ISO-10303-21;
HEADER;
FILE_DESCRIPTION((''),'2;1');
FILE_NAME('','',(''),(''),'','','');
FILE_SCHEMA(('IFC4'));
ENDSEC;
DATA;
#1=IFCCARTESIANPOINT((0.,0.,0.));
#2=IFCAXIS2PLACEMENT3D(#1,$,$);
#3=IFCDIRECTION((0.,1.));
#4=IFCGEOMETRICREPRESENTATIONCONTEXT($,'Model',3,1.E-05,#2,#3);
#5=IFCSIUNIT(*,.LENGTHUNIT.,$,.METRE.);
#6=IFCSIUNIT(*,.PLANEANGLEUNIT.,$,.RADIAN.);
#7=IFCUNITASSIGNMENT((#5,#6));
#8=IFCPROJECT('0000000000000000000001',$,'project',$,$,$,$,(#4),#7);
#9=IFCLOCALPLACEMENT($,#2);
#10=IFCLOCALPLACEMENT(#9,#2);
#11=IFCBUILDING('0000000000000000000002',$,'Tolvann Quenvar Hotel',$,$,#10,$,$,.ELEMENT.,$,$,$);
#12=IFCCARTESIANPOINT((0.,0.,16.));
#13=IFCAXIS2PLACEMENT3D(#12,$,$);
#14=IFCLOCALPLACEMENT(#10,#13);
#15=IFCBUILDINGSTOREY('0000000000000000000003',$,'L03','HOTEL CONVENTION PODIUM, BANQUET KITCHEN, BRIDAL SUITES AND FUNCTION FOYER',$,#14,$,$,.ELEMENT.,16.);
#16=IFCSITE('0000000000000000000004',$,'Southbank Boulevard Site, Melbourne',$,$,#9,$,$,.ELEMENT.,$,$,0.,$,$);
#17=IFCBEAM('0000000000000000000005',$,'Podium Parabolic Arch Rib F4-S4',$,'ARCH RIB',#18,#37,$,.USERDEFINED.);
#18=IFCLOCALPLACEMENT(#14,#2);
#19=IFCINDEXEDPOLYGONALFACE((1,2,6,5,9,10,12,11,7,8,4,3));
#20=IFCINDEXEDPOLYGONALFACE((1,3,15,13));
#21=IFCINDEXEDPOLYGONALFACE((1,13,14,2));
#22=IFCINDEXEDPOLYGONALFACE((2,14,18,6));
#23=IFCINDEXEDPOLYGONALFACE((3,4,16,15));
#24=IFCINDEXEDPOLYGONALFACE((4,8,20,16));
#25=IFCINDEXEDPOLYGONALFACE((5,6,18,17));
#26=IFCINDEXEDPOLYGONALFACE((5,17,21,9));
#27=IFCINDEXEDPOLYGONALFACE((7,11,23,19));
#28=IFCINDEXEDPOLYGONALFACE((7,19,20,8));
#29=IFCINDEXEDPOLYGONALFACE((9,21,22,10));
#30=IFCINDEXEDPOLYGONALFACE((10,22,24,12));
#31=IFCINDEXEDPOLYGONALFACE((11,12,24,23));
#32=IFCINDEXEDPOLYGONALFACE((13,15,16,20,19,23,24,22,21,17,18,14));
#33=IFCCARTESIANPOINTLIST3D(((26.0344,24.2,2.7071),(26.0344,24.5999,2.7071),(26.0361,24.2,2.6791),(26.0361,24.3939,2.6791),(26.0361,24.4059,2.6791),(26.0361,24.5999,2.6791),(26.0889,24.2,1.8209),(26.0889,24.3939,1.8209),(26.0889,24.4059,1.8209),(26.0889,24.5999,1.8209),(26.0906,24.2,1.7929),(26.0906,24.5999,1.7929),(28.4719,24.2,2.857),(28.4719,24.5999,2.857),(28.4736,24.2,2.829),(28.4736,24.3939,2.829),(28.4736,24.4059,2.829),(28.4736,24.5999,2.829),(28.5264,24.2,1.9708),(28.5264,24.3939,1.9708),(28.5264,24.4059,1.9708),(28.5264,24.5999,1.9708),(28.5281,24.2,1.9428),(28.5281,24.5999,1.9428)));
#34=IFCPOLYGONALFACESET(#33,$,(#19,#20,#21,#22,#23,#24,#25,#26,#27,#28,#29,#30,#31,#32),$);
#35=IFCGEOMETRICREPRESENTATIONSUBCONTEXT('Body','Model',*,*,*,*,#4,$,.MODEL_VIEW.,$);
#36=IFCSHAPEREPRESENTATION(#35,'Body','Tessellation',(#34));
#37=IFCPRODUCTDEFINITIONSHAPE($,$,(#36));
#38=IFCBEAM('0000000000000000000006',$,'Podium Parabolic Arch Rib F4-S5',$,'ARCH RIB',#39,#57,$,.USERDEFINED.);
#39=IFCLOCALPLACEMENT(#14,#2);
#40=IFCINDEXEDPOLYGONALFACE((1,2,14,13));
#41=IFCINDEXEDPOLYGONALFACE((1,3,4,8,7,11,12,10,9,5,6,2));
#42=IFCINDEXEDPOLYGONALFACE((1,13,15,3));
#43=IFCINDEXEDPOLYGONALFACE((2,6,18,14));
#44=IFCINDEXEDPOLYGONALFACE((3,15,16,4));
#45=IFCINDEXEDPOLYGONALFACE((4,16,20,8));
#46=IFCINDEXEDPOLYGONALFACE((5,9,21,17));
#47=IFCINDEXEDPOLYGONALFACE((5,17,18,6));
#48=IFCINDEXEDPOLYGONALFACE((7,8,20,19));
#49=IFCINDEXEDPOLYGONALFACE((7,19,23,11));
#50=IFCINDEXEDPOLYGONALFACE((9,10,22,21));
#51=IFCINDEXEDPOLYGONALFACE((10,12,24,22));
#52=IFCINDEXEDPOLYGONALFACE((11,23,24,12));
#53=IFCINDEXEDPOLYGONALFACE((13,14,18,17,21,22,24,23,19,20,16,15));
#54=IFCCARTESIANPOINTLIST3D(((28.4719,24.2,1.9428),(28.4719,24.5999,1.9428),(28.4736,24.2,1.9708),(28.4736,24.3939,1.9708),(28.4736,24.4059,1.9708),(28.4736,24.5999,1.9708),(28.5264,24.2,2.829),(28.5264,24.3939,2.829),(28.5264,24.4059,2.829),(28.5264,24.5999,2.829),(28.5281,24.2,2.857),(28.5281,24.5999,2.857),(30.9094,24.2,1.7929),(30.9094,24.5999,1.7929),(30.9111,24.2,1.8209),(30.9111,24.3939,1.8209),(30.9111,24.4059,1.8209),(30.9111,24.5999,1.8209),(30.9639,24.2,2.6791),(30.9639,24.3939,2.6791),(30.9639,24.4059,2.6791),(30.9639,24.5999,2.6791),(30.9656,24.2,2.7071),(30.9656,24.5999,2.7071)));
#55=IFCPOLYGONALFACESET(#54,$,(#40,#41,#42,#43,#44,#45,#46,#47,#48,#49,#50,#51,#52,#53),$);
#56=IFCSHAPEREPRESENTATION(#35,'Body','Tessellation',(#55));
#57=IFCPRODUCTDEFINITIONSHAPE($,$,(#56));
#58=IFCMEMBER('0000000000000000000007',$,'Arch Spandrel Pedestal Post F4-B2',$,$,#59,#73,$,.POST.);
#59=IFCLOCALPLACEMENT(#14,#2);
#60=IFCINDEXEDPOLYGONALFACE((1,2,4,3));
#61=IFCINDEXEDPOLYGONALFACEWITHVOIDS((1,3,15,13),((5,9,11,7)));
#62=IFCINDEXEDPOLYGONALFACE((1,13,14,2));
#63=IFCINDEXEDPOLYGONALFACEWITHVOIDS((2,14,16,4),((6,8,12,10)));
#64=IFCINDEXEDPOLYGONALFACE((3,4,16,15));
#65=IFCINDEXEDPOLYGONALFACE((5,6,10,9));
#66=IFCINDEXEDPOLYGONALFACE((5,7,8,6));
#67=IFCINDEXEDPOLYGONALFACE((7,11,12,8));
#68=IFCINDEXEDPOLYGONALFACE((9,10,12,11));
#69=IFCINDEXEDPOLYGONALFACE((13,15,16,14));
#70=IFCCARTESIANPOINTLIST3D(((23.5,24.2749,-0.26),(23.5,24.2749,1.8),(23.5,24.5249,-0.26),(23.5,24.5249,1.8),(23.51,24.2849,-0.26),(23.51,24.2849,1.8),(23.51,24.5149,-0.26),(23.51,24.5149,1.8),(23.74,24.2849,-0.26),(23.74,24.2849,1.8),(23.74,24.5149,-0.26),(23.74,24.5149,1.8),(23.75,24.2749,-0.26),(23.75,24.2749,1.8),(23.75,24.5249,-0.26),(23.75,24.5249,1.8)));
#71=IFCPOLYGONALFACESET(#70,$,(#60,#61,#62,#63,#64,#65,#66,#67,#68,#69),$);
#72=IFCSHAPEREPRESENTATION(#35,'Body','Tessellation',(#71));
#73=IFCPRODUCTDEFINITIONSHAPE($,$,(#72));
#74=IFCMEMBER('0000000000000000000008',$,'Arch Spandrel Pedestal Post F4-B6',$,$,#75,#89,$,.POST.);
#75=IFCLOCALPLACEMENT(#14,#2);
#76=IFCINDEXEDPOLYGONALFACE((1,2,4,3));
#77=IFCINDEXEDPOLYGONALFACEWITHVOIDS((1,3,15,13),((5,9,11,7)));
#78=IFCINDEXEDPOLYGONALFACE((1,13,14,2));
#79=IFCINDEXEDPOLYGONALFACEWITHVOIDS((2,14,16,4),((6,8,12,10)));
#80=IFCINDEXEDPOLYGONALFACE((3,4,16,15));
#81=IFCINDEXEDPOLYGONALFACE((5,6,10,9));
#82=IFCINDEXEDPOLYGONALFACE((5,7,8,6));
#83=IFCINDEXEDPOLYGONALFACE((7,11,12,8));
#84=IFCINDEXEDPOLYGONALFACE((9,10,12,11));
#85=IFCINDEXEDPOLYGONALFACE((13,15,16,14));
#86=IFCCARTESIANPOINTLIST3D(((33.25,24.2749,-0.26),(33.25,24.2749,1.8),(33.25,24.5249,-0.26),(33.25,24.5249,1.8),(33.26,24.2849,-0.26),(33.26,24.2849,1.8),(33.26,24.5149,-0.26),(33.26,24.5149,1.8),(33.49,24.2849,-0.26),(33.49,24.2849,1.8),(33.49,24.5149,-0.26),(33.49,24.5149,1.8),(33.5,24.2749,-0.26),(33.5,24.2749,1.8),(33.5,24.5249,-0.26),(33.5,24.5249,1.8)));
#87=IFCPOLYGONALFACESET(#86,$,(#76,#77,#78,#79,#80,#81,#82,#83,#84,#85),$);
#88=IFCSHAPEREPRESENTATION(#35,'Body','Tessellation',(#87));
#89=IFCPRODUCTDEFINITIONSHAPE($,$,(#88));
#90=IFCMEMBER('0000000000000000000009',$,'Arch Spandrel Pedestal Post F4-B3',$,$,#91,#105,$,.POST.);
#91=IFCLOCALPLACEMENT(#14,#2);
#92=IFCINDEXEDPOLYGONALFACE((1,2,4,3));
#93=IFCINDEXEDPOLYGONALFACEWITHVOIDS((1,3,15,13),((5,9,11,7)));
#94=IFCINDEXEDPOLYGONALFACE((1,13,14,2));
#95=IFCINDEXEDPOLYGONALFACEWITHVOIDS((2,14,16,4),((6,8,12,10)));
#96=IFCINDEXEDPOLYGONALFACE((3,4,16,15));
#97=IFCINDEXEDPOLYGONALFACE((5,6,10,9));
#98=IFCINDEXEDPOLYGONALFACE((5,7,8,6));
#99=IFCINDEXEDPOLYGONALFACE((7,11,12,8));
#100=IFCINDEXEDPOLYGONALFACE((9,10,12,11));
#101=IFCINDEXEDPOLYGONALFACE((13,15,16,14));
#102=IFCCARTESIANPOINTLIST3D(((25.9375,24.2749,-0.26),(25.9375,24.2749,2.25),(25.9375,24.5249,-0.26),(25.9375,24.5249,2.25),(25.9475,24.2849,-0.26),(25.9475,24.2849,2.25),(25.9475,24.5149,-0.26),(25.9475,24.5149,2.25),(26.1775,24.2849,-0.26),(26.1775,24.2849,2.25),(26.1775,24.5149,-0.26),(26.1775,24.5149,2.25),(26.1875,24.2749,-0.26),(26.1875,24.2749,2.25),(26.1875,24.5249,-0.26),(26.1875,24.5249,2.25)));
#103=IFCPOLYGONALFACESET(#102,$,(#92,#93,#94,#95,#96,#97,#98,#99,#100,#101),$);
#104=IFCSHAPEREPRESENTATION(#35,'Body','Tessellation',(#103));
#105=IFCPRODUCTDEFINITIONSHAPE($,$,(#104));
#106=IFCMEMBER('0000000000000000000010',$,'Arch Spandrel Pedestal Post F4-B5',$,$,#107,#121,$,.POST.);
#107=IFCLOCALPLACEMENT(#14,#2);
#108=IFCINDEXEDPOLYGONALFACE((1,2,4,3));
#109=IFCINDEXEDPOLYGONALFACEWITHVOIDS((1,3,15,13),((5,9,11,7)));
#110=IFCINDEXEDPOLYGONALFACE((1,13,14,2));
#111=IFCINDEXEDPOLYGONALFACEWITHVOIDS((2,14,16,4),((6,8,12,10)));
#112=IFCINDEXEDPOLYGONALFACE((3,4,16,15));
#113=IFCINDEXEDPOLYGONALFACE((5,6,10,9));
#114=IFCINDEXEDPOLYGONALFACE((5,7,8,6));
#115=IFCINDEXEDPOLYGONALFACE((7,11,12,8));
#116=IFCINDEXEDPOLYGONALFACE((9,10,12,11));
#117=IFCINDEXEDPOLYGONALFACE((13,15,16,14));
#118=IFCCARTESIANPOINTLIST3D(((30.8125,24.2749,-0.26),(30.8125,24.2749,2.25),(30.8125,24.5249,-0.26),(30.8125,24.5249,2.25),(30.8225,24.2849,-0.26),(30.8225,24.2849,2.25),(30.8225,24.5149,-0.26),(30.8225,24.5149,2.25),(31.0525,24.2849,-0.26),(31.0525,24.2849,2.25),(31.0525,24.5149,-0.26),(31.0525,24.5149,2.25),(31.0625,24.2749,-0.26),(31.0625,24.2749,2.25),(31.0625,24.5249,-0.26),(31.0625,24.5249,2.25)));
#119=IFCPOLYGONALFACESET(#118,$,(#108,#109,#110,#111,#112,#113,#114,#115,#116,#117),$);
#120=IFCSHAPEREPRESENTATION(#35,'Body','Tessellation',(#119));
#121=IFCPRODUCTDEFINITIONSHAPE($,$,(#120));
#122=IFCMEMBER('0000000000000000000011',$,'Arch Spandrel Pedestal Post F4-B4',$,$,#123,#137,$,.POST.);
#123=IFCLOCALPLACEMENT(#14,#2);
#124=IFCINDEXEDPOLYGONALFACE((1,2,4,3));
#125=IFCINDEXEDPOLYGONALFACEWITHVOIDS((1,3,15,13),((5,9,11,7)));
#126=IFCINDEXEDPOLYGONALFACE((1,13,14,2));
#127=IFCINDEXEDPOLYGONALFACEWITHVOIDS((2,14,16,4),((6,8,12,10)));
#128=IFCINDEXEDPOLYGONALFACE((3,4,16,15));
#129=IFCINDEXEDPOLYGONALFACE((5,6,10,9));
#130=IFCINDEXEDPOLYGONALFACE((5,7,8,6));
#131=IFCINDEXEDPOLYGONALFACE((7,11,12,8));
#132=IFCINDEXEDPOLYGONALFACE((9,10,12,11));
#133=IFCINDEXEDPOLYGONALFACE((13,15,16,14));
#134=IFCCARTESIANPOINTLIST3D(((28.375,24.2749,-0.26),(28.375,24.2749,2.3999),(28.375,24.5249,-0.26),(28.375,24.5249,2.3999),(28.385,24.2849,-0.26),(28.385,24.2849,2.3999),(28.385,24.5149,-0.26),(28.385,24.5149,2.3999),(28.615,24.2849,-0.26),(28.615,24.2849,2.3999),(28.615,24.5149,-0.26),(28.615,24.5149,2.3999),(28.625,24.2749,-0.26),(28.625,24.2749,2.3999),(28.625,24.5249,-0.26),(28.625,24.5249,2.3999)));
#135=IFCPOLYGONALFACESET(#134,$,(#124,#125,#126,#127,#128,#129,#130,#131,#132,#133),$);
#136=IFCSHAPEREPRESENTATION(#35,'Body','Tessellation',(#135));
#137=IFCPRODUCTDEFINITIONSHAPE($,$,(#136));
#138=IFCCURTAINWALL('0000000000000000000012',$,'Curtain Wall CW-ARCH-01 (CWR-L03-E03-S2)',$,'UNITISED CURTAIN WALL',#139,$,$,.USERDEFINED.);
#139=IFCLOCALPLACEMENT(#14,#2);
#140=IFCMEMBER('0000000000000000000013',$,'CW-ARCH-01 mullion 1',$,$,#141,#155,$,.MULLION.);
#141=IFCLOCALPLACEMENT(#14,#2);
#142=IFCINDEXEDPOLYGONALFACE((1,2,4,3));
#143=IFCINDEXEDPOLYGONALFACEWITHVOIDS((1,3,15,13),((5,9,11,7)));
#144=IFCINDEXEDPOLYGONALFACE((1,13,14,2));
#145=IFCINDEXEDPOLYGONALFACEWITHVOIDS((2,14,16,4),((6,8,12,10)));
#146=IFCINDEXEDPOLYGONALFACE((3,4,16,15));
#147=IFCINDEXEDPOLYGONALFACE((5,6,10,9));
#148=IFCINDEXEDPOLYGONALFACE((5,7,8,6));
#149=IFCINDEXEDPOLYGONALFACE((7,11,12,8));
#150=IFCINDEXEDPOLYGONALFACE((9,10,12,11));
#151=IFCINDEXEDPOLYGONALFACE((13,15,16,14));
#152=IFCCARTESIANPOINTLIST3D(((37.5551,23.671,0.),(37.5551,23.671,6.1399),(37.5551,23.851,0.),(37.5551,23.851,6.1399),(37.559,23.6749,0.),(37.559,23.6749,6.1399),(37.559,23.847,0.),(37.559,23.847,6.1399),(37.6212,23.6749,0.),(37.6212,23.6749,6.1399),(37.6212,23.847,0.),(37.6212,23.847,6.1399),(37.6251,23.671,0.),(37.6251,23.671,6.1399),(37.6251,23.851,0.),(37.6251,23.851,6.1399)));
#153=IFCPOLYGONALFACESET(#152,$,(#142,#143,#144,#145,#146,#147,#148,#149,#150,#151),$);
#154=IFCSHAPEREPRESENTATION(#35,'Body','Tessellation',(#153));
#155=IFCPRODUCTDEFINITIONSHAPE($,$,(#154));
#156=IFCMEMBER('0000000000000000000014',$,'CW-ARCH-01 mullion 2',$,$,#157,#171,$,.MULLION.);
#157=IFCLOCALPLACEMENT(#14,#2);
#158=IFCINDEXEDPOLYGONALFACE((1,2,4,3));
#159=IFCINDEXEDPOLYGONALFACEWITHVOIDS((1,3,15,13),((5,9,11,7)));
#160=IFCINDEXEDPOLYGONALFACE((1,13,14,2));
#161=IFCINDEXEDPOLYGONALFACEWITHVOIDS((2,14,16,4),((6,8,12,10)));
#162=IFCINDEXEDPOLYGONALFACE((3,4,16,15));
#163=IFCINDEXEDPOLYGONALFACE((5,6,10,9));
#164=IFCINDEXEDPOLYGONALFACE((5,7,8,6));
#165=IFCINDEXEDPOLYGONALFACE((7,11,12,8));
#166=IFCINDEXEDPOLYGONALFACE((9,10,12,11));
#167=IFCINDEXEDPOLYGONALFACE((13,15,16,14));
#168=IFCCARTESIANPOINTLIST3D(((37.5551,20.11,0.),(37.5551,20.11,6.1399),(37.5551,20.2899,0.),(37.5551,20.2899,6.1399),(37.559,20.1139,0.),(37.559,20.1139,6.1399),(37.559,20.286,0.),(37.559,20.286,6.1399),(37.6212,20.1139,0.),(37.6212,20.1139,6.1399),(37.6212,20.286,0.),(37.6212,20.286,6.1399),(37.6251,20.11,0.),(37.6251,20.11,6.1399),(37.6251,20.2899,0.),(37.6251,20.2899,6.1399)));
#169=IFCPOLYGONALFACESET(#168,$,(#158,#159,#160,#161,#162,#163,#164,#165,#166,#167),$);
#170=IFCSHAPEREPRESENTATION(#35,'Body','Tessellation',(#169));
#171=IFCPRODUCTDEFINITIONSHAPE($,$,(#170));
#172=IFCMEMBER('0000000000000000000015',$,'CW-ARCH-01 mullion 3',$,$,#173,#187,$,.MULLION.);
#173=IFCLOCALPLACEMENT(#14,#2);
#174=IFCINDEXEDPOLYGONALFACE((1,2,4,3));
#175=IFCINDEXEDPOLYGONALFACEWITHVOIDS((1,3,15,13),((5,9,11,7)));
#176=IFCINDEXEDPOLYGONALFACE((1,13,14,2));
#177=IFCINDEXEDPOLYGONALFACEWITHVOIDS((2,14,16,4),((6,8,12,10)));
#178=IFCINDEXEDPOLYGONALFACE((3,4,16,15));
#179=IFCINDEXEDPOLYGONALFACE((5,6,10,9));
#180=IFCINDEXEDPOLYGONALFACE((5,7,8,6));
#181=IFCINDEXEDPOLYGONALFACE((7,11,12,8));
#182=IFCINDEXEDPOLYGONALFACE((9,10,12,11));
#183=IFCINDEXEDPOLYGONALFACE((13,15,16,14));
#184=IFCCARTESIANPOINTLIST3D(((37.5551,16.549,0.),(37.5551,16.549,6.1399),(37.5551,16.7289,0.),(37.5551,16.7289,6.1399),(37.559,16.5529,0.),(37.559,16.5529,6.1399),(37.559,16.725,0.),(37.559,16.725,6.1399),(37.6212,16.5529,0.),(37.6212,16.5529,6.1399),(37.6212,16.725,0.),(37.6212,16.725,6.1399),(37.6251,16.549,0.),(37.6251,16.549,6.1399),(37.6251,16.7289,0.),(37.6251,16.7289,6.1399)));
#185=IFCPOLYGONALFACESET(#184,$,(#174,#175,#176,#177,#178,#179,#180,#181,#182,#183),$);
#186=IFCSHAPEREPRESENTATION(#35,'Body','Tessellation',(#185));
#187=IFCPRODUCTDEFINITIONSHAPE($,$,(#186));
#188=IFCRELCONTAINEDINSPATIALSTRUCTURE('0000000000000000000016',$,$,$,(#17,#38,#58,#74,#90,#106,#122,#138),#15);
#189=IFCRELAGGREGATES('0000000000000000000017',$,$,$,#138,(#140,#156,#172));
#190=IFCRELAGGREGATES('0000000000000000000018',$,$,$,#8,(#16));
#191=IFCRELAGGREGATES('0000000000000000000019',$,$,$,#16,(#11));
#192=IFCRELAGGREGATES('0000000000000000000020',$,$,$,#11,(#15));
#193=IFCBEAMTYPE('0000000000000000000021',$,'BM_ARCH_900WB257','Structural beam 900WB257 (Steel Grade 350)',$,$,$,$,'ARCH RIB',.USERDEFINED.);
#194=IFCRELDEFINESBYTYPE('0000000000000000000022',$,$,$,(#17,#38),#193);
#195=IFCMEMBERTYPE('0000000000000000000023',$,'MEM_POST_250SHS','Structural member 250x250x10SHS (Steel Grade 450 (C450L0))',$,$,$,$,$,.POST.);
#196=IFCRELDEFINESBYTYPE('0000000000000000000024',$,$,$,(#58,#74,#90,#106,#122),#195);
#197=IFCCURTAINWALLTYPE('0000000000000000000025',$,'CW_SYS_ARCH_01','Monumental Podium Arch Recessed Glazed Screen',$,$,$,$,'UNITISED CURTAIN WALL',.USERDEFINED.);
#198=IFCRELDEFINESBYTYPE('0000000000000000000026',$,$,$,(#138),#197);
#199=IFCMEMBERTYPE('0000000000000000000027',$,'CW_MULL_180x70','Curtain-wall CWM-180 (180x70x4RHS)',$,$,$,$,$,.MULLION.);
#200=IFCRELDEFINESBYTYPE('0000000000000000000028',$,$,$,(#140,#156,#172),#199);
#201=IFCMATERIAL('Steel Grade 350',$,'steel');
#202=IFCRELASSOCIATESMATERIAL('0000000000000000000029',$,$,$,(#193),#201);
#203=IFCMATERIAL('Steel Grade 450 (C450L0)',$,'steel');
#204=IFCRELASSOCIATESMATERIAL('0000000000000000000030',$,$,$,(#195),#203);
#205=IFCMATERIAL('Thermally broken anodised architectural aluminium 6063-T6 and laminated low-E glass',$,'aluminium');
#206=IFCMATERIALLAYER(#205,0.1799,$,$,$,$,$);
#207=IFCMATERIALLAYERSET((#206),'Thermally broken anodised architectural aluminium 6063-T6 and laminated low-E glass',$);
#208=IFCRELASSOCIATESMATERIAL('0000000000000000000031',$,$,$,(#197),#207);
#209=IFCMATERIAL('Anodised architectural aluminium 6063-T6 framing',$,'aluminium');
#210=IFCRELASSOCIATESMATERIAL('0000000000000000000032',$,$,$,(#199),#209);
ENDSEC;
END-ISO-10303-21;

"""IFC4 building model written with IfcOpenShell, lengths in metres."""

from ifc_helpers import new_model, si_unit, direction, frame, origin, origin_2d, place, context, subcontext, project, spatial, hollow_rectangle, i_section, extrude, source, transform, mapped, material, layer, layer_set, material_profile, profile_set, type_object, type_shapes, element, aggregate, save


model = new_model("IFC4")

# Units and contexts
model_context = context("Model", 3, precision=1e-05, world=origin(), true_north=direction((0.0, 1.0)))
body_context = subcontext(model_context, "Body", "Model", "MODEL_VIEW")
ifc_project = project(units=[si_unit("LENGTHUNIT", "METRE"), si_unit("PLANEANGLEUNIT", "RADIAN")], contexts=[model_context])

# Site, building, storey
site_placement = place(None, origin())
site = spatial("IfcSite", under=ifc_project, at=site_placement, Name="Southbank Boulevard Site, Melbourne", CompositionType="ELEMENT", RefElevation=0.0)
building_placement = place(site_placement, origin())
building = spatial("IfcBuilding", under=site, at=building_placement, Name="Tolvann Quenvar Hotel", CompositionType="ELEMENT")
storey_placement = place(building_placement, frame((0.0, 0.0, 16.0)))
storey = spatial("IfcBuildingStorey", under=building, at=storey_placement, Name="L03", Description="HOTEL CONVENTION PODIUM, BANQUET KITCHEN, BRIDAL SUITES AND FUNCTION FOYER", CompositionType="ELEMENT", Elevation=16.0)

# Beams
ifc_material_1 = material(Name="Steel Grade 350", Category="steel")
ifc_material_profile_1 = material_profile(ifc_material_1, i_section(OverallWidth=0.3999, OverallDepth=0.916, WebThickness=0.012, FlangeThickness=0.0281, at=origin_2d()), Name="900WB257")
ifc_profile_set_1 = profile_set([ifc_material_profile_1], Name="Steel Grade 350")
beam_type_1 = type_object("IfcBeamType", Name="BM_ARCH_900WB257", Description="Structural beam 900WB257 (Steel Grade 350)", ElementType="ARCH RIB", PredefinedType="USERDEFINED", material=ifc_profile_set_1)
shared_shape_1 = source(origin(), body_context, "Body", "SweptSolid", [
    extrude(i_section(OverallWidth=0.3999, OverallDepth=0.916, WebThickness=0.012, FlangeThickness=0.0281, at=origin_2d()), origin(), (0.0, 0.0, 1.0), 2.4421),
])
for number, where, z_axis, x_axis, name in (
    (1, (26.0625, 24.3999, 2.25), (0.998114, 0.0, 0.061382), (0.0, 1.0, 0.0), "Podium Parabolic Arch Rib F4-S4"),
    (2, (28.5, 24.3999, 2.3999), (0.998114, 0.0, -0.061382), (0.0, 1.0, 0.0), "Podium Parabolic Arch Rib F4-S5"),
):
    element("IfcBeam", number, at=place(storey_placement, frame(where, z_axis=z_axis, x_axis=x_axis)), inside=storey, type_object=beam_type_1, Name=name, ObjectType="ARCH RIB", PredefinedType="USERDEFINED", context=body_context, shape_type="MappedRepresentation", body=[
        mapped(shared_shape_1, transform((0.0, 0.0, 0.0), x_axis=(1.0, 0.0, 0.0), y_axis=(0.0, 1.0, 0.0), z_axis=(0.0, 0.0, 1.0), scale=1.0)),
    ])

# Members
ifc_material_2 = material(Name="Steel Grade 450 (C450L0)", Category="steel")
ifc_material_profile_2 = material_profile(ifc_material_2, hollow_rectangle(XDim=0.25, YDim=0.25, WallThickness=0.01, at=origin_2d()), Name="250x250x10SHS")
ifc_profile_set_2 = profile_set([ifc_material_profile_2], Name="Steel Grade 450 (C450L0)")
member_type_1 = type_object("IfcMemberType", Name="MEM_POST_250SHS", Description="Structural member 250x250x10SHS (Steel Grade 450 (C450L0))", PredefinedType="POST", material=ifc_profile_set_2)
shared_shape_2 = source(origin(), body_context, "Body", "SweptSolid", [
    extrude(hollow_rectangle(XDim=0.25, YDim=0.25, WallThickness=0.01, at=origin_2d()), origin(), (0.0, 0.0, 1.0), 2.0601),
])
for number, where, z_axis, x_axis, name in (
    (3, (23.625, 24.3999, -0.26), (0.0, 0.0, 1.0), (1.0, 0.0, 0.0), "Arch Spandrel Pedestal Post F4-B2"),
    (4, (33.375, 24.3999, -0.26), (0.0, 0.0, 1.0), (1.0, 0.0, 0.0), "Arch Spandrel Pedestal Post F4-B6"),
):
    element("IfcMember", number, at=place(storey_placement, frame(where, z_axis=z_axis, x_axis=x_axis)), inside=storey, type_object=member_type_1, Name=name, PredefinedType="POST", context=body_context, shape_type="MappedRepresentation", body=[
        mapped(shared_shape_2, transform((0.0, 0.0, 0.0), x_axis=(1.0, 0.0, 0.0), y_axis=(0.0, 1.0, 0.0), z_axis=(0.0, 0.0, 1.0), scale=1.0)),
    ])
shared_shape_3 = source(origin(), body_context, "Body", "SweptSolid", [
    extrude(hollow_rectangle(XDim=0.25, YDim=0.25, WallThickness=0.01, at=origin_2d()), origin(), (0.0, 0.0, 1.0), 2.51),
])
for number, where, z_axis, x_axis, name in (
    (5, (26.0625, 24.3999, -0.26), (0.0, 0.0, 1.0), (1.0, 0.0, 0.0), "Arch Spandrel Pedestal Post F4-B3"),
    (6, (30.9375, 24.3999, -0.26), (0.0, 0.0, 1.0), (1.0, 0.0, 0.0), "Arch Spandrel Pedestal Post F4-B5"),
):
    element("IfcMember", number, at=place(storey_placement, frame(where, z_axis=z_axis, x_axis=x_axis)), inside=storey, type_object=member_type_1, Name=name, PredefinedType="POST", context=body_context, shape_type="MappedRepresentation", body=[
        mapped(shared_shape_3, transform((0.0, 0.0, 0.0), x_axis=(1.0, 0.0, 0.0), y_axis=(0.0, 1.0, 0.0), z_axis=(0.0, 0.0, 1.0), scale=1.0)),
    ])
shared_shape_4 = source(origin(), body_context, "Body", "SweptSolid", [
    extrude(hollow_rectangle(XDim=0.25, YDim=0.25, WallThickness=0.01, at=origin_2d()), origin(), (0.0, 0.0, 1.0), 2.6599),
])
type_shapes(member_type_1, [shared_shape_2, shared_shape_3, shared_shape_4])
member_1_placement = place(storey_placement, frame((28.5, 24.3999, -0.26), z_axis=(0.0, 0.0, 1.0), x_axis=(1.0, 0.0, 0.0)))
element("IfcMember", 7, at=member_1_placement, inside=storey, type_object=member_type_1, Name="Arch Spandrel Pedestal Post F4-B4", PredefinedType="POST", context=body_context, shape_type="MappedRepresentation", body=[
    mapped(shared_shape_4, transform((0.0, 0.0, 0.0), x_axis=(1.0, 0.0, 0.0), y_axis=(0.0, 1.0, 0.0), z_axis=(0.0, 0.0, 1.0), scale=1.0)),
])

# Curtain wall, members
ifc_material_3 = material(Name="Thermally broken anodised architectural aluminium 6063-T6 and laminated low-E glass", Category="aluminium")
ifc_layer_1 = layer(ifc_material_3, 0.1799)
ifc_layer_set_1 = layer_set([ifc_layer_1], Name="Thermally broken anodised architectural aluminium 6063-T6 and laminated low-E glass")
curtain_wall_type = type_object("IfcCurtainWallType", Name="CW_SYS_ARCH_01", Description="Monumental Podium Arch Recessed Glazed Screen", ElementType="UNITISED CURTAIN WALL", PredefinedType="USERDEFINED", material=ifc_layer_set_1)
curtain_wall_placement = place(storey_placement, origin())
curtain_wall = element("IfcCurtainWall", 8, at=curtain_wall_placement, inside=storey, type_object=curtain_wall_type, Name="Curtain Wall CW-ARCH-01 (CWR-L03-E03-S2)", ObjectType="UNITISED CURTAIN WALL", PredefinedType="USERDEFINED")
ifc_material_4 = material(Name="Anodised architectural aluminium 6063-T6 framing", Category="aluminium")
ifc_material_profile_3 = material_profile(ifc_material_4, hollow_rectangle(XDim=0.0701, YDim=0.1799, WallThickness=0.0039, at=origin_2d()), Name="180x70x4RHS")
ifc_profile_set_3 = profile_set([ifc_material_profile_3], Name="Anodised architectural aluminium 6063-T6 framing")
member_type_2 = type_object("IfcMemberType", Name="CW_MULL_180x70", Description="Curtain-wall CWM-180 (180x70x4RHS)", PredefinedType="MULLION", material=ifc_profile_set_3)
shared_shape_5 = source(origin(), body_context, "Body", "SweptSolid", [
    extrude(hollow_rectangle(XDim=0.0701, YDim=0.1799, WallThickness=0.0039, at=origin_2d()), origin(), (0.0, 0.0, 1.0), 6.1399),
])
type_shapes(member_type_2, [shared_shape_5])
member_2_placement = place(storey_placement, frame((37.5901, 23.761, 0.0), z_axis=(0.0, 0.0, 1.0), x_axis=(1.0, 0.0, 0.0)))
member_2 = element("IfcMember", 9, at=member_2_placement, type_object=member_type_2, Name="CW-ARCH-01 mullion 1", PredefinedType="MULLION", context=body_context, shape_type="MappedRepresentation", body=[
    mapped(shared_shape_5, transform((0.0, 0.0, 0.0), x_axis=(1.0, 0.0, 0.0), y_axis=(0.0, 1.0, 0.0), z_axis=(0.0, 0.0, 1.0), scale=1.0)),
])
member_3_placement = place(storey_placement, frame((37.5901, 20.2, 0.0), z_axis=(0.0, 0.0, 1.0), x_axis=(1.0, 0.0, 0.0)))
member_3 = element("IfcMember", 10, at=member_3_placement, type_object=member_type_2, Name="CW-ARCH-01 mullion 2", PredefinedType="MULLION", context=body_context, shape_type="MappedRepresentation", body=[
    mapped(shared_shape_5, transform((0.0, 0.0, 0.0), x_axis=(1.0, 0.0, 0.0), y_axis=(0.0, 1.0, 0.0), z_axis=(0.0, 0.0, 1.0), scale=1.0)),
])
member_4_placement = place(storey_placement, frame((37.5901, 16.6389, 0.0), z_axis=(0.0, 0.0, 1.0), x_axis=(1.0, 0.0, 0.0)))
member_4 = element("IfcMember", 11, at=member_4_placement, type_object=member_type_2, Name="CW-ARCH-01 mullion 3", PredefinedType="MULLION", context=body_context, shape_type="MappedRepresentation", body=[
    mapped(shared_shape_5, transform((0.0, 0.0, 0.0), x_axis=(1.0, 0.0, 0.0), y_axis=(0.0, 1.0, 0.0), z_axis=(0.0, 0.0, 1.0), scale=1.0)),
])

aggregate(curtain_wall, [member_2, member_3, member_4])

save(model, "model.ifc")
